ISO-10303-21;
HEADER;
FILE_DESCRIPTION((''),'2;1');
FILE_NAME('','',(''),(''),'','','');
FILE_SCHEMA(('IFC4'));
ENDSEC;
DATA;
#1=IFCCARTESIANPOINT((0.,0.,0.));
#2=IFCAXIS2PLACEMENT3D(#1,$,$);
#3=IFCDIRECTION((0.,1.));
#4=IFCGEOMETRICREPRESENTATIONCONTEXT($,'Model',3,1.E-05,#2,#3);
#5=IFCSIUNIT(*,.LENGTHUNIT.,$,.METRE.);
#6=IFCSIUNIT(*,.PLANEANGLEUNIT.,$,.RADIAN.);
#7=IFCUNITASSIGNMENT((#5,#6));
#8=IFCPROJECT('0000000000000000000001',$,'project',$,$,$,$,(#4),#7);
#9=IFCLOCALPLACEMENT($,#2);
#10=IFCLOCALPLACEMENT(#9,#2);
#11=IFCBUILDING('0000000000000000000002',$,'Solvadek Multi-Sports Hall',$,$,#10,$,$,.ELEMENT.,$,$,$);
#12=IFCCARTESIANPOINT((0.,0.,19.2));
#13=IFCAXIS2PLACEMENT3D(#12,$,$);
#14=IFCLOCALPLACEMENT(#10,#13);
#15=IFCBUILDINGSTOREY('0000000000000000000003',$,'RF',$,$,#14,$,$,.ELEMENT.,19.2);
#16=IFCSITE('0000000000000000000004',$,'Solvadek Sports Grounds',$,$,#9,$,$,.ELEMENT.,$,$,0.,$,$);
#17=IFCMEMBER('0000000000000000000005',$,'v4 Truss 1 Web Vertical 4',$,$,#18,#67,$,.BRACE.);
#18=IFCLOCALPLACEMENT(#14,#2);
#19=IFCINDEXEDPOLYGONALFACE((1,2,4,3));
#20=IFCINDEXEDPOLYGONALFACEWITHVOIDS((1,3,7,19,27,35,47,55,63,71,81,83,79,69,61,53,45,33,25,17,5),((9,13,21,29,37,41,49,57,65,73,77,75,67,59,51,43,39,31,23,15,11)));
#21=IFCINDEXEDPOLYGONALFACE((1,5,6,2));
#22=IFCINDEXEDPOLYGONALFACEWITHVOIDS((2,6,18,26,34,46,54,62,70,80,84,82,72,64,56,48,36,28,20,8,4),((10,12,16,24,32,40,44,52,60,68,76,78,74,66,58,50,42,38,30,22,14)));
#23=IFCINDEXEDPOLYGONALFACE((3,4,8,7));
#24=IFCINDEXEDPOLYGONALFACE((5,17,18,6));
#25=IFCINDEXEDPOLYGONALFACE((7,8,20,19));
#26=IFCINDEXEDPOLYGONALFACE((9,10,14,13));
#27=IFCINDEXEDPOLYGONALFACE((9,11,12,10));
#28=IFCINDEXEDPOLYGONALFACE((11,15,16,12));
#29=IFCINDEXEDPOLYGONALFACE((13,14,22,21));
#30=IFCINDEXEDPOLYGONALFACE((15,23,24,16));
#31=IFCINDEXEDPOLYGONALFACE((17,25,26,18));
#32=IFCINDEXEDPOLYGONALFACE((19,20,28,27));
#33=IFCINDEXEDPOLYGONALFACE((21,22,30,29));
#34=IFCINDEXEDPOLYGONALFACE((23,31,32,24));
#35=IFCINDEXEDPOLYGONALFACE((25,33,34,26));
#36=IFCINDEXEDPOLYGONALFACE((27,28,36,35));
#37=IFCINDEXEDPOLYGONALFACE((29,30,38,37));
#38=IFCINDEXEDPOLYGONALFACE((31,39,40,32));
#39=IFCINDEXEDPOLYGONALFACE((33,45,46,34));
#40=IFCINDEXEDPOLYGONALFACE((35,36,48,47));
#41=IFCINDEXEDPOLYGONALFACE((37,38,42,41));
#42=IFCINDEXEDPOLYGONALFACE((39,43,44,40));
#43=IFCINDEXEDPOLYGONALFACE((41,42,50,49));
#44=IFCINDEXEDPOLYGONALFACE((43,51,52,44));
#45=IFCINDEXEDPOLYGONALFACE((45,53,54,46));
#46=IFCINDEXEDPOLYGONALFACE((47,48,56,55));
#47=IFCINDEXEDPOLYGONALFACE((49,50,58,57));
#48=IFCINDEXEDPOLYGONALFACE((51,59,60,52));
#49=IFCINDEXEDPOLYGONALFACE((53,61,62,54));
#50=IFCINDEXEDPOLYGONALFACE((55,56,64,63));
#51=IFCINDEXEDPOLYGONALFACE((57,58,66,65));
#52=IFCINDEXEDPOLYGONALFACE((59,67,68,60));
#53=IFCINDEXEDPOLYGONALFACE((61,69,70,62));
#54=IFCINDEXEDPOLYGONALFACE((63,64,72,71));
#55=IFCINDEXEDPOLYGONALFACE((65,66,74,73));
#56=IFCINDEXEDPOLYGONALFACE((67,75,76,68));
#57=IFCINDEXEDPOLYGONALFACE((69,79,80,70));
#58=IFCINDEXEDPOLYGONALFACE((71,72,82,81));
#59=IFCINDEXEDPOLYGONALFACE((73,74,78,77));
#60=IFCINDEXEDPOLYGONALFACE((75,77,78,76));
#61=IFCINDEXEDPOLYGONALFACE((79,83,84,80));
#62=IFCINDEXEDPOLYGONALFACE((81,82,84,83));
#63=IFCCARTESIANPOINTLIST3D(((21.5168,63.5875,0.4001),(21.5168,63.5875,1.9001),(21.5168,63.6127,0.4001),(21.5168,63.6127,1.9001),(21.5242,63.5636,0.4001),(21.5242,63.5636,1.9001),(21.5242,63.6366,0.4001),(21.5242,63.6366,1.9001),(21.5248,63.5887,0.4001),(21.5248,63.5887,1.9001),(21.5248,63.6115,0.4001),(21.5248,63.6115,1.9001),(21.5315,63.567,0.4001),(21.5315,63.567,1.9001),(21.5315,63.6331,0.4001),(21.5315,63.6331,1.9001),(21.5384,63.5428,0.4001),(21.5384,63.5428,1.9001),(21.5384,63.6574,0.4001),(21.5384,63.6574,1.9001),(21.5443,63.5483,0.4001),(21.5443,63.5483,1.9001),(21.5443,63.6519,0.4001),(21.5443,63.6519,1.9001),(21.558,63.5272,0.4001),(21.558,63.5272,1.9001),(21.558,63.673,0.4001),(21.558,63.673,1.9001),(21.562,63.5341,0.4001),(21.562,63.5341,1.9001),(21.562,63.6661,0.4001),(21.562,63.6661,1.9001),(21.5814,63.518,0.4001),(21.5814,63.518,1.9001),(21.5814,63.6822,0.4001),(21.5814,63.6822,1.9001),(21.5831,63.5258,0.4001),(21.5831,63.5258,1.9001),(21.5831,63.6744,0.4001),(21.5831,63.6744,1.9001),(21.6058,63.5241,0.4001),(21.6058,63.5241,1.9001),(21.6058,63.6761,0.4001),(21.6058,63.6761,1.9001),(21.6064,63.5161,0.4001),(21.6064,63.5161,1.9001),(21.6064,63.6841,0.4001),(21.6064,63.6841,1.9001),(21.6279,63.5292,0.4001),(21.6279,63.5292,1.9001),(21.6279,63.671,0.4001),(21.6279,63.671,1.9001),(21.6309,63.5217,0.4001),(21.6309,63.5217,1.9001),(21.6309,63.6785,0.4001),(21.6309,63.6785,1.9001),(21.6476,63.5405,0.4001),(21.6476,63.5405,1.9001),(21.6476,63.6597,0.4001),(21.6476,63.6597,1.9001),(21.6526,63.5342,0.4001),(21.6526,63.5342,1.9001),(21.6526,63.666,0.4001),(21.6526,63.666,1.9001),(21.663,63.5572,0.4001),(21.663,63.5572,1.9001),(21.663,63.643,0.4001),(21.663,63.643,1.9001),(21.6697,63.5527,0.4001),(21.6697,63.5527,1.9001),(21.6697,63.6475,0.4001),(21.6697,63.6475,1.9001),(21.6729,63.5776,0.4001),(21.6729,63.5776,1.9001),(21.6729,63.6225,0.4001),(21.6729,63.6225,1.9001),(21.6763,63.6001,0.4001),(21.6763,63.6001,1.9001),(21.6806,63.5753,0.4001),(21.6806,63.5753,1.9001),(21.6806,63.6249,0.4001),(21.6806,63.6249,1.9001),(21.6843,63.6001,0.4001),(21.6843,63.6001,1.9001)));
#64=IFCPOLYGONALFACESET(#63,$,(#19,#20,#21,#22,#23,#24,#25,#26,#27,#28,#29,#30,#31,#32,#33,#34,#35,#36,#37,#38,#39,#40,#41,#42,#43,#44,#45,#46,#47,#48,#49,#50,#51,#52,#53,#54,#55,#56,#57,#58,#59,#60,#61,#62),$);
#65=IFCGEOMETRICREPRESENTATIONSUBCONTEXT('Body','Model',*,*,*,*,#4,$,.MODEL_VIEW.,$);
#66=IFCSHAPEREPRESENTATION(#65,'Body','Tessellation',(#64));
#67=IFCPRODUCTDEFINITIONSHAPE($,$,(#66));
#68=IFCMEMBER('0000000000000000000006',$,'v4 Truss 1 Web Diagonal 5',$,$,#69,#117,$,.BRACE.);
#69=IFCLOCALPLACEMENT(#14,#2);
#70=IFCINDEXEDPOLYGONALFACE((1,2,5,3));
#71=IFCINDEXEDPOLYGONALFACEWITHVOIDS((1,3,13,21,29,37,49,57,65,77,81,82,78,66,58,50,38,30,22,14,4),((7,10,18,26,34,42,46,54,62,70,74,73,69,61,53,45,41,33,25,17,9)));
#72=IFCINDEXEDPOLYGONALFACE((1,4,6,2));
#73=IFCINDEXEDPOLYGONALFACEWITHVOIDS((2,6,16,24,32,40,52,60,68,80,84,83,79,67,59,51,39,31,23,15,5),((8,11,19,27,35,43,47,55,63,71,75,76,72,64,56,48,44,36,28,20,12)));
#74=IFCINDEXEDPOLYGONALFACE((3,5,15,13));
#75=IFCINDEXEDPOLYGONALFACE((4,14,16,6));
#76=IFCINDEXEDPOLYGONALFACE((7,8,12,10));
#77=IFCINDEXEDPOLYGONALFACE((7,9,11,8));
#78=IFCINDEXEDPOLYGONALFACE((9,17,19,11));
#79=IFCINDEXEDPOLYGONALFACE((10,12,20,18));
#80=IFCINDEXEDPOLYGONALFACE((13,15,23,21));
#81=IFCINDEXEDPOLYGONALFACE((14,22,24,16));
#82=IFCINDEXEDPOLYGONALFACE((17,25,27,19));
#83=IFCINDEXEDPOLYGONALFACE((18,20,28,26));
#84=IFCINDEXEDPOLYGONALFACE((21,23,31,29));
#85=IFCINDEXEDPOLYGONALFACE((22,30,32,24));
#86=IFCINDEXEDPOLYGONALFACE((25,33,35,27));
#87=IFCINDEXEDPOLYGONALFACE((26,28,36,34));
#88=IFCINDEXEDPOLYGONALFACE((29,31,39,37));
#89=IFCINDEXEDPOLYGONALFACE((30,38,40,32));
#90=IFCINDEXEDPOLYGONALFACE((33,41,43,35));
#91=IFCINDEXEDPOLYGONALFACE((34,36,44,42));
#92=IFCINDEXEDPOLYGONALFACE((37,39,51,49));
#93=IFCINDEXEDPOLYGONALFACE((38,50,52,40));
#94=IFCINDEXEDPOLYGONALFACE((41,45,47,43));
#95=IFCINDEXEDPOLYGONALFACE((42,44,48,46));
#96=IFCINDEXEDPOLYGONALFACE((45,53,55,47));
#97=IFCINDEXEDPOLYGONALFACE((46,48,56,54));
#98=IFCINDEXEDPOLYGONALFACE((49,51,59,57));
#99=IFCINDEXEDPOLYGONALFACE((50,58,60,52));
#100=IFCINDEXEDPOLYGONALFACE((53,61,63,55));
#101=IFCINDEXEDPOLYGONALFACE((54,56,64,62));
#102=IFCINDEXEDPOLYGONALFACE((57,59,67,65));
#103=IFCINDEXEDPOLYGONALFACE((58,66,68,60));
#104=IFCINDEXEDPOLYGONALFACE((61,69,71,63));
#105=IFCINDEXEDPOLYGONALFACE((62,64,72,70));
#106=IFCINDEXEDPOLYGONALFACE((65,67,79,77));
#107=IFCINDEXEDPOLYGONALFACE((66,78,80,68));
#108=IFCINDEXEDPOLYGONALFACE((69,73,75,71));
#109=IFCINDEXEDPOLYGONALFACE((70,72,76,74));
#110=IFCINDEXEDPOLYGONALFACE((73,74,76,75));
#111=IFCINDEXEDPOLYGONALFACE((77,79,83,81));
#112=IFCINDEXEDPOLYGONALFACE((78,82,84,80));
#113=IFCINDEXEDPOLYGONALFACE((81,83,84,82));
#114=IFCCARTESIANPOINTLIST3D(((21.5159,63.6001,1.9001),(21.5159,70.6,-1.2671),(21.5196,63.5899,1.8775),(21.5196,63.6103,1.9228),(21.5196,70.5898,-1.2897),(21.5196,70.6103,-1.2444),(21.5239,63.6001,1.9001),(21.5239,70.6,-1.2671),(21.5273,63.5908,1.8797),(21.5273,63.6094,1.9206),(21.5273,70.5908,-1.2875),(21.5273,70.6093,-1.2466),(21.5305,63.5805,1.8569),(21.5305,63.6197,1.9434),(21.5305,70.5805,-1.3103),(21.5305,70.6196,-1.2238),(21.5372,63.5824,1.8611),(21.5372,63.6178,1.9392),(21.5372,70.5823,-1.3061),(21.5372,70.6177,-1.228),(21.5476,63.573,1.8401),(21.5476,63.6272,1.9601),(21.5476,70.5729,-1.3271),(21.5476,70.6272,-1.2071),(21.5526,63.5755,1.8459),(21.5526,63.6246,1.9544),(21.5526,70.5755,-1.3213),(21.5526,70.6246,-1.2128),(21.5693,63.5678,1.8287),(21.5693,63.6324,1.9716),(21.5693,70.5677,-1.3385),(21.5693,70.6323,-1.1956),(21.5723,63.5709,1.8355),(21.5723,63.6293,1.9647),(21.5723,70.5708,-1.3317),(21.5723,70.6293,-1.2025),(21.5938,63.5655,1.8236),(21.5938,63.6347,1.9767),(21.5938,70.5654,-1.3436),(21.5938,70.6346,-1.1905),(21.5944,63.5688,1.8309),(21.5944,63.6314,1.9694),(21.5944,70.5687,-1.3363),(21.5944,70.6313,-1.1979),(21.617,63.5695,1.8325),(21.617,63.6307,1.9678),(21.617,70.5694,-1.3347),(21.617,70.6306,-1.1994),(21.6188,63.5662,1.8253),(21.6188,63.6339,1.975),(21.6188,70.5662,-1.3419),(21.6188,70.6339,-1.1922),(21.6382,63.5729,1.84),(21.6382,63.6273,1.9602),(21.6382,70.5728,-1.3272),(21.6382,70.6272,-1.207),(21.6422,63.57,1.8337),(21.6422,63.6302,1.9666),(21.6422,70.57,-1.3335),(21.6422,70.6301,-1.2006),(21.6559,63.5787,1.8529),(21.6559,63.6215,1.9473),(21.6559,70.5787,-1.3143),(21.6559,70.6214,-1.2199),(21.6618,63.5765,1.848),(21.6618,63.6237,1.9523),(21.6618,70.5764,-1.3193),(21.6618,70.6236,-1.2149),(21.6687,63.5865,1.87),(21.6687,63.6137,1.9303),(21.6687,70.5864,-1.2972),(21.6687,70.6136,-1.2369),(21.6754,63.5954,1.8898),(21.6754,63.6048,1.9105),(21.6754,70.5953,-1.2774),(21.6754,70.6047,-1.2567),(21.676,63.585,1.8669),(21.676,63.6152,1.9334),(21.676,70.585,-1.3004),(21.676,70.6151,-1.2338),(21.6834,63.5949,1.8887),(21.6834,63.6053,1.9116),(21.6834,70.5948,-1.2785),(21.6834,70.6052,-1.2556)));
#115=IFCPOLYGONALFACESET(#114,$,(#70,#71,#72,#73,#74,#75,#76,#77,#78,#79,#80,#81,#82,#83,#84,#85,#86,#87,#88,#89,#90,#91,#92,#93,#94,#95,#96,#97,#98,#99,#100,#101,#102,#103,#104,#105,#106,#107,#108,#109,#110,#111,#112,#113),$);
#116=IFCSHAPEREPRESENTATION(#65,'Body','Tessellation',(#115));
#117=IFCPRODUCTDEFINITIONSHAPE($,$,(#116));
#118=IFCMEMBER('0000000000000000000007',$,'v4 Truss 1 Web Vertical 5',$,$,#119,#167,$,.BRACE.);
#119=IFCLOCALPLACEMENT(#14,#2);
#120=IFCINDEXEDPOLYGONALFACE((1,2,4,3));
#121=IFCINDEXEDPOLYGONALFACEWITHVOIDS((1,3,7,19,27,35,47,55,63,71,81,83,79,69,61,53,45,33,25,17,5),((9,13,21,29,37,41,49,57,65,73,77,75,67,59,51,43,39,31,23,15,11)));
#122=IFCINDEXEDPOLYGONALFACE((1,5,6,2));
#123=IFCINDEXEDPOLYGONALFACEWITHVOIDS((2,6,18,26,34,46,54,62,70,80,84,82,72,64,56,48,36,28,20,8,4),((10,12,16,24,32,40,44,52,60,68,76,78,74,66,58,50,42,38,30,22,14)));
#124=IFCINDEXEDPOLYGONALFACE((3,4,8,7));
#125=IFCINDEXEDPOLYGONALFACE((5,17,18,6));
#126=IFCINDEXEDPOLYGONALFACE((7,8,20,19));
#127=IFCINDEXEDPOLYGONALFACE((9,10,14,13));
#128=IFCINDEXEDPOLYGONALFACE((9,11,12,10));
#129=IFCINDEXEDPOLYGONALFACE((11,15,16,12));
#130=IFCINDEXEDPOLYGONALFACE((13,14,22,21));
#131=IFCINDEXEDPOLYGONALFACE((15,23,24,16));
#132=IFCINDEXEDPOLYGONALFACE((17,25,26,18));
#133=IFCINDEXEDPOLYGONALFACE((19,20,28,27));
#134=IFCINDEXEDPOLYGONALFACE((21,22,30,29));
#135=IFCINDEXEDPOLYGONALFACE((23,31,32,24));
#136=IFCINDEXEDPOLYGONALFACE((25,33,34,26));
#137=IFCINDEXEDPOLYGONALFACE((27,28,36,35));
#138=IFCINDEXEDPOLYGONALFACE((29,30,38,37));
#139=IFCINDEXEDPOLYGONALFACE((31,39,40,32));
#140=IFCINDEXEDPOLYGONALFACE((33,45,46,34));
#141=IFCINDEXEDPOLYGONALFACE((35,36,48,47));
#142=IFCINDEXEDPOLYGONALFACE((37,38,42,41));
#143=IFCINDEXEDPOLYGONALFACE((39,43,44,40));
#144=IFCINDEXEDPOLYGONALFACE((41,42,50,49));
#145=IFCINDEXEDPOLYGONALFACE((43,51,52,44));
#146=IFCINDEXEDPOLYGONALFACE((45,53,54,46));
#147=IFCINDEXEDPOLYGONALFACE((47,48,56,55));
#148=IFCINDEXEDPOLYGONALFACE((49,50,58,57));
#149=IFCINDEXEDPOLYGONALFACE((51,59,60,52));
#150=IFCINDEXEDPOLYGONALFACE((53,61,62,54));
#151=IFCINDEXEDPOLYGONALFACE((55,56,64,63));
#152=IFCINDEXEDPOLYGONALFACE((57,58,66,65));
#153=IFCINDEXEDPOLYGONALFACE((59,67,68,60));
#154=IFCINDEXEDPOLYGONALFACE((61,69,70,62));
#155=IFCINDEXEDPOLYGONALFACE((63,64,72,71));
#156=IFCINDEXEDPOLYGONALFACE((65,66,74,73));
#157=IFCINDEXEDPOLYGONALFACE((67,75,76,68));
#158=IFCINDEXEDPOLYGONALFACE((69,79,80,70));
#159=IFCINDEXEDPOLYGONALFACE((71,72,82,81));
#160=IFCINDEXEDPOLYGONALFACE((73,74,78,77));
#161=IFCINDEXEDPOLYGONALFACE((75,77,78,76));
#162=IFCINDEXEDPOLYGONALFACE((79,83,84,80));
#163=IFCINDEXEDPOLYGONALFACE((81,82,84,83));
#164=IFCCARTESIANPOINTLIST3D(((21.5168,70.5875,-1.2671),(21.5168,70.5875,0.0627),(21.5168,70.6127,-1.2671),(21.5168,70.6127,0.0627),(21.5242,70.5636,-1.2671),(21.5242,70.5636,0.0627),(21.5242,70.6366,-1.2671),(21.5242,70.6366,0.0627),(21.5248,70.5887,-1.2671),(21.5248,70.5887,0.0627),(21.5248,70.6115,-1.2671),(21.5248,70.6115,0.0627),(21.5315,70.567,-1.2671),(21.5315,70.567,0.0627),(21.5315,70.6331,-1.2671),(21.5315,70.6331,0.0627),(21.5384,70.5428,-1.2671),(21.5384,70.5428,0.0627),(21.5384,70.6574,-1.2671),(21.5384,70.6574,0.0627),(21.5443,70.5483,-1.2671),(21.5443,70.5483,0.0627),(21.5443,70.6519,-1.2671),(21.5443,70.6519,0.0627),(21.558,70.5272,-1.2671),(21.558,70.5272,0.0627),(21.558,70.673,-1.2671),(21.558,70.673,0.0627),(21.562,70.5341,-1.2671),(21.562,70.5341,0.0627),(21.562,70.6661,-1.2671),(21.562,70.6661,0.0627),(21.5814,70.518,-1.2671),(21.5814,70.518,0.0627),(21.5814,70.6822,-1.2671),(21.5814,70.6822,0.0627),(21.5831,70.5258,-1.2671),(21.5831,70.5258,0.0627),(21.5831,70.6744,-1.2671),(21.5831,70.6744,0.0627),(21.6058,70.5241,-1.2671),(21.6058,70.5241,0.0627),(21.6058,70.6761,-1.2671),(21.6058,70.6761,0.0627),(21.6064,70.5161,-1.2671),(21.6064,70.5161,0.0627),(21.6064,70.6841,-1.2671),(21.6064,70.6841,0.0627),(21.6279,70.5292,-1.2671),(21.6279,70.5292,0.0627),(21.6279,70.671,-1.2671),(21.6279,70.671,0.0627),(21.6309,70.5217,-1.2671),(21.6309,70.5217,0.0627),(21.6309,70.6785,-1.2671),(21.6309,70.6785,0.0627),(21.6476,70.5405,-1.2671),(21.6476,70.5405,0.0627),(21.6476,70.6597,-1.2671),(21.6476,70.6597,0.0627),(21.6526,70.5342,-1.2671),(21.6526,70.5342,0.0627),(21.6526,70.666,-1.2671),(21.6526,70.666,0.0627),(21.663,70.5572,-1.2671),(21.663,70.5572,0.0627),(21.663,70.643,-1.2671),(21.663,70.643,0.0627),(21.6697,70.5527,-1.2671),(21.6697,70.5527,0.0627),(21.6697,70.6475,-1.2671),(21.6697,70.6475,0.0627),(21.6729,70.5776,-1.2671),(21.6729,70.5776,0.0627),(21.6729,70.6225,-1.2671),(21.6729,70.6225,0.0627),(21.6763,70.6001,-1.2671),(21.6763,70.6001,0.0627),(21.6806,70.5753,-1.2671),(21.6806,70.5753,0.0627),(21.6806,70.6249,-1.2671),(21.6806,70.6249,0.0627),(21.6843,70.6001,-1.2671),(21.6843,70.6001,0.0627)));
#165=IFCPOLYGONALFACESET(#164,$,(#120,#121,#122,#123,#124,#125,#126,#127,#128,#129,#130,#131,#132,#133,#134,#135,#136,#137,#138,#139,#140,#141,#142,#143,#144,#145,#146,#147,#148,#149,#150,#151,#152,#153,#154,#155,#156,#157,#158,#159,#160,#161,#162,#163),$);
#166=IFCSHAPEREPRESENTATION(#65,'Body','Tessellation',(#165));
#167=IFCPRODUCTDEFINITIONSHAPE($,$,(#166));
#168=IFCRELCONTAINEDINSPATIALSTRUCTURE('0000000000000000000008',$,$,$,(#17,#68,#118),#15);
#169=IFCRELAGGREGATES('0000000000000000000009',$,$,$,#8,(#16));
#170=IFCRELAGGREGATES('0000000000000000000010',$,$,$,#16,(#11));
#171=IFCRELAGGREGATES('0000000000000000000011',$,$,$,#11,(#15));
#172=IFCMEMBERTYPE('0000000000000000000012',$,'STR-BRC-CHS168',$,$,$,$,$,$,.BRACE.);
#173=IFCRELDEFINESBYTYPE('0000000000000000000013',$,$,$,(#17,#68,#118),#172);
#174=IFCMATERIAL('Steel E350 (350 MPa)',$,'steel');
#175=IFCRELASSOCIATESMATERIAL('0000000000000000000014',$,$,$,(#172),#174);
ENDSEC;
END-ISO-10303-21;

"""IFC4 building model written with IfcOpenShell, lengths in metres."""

from ifc_helpers import new_model, si_unit, direction, frame, origin, origin_2d, place, context, subcontext, project, spatial, hollow_circle, extrude, material, material_profile, profile_set, type_object, element, save


model = new_model("IFC4")

# Units and contexts
model_context = context("Model", 3, precision=1e-05, world=origin(), true_north=direction((0.0, 1.0)))
body_context = subcontext(model_context, "Body", "Model", "MODEL_VIEW")
ifc_project = project(units=[si_unit("LENGTHUNIT", "METRE"), si_unit("PLANEANGLEUNIT", "RADIAN")], contexts=[model_context])

# Site, building, storey
site_placement = place(None, origin())
site = spatial("IfcSite", under=ifc_project, at=site_placement, Name="Solvadek Sports Grounds", CompositionType="ELEMENT", RefElevation=0.0)
building_placement = place(site_placement, origin())
building = spatial("IfcBuilding", under=site, at=building_placement, Name="Solvadek Multi-Sports Hall", CompositionType="ELEMENT")
storey_placement = place(building_placement, frame((0.0, 0.0, 19.2)))
storey = spatial("IfcBuildingStorey", under=building, at=storey_placement, Name="RF", CompositionType="ELEMENT", Elevation=19.2)

# Members
ifc_material_1 = material(Name="Steel E350 (350 MPa)", Category="steel")
ifc_material_profile_1 = material_profile(ifc_material_1, hollow_circle(Radius=0.0842, WallThickness=0.0081, at=origin_2d()), Name="CHS 168.3x8")
ifc_profile_set_1 = profile_set([ifc_material_profile_1], Name="Steel E350 (350 MPa)")
member_type_1 = type_object("IfcMemberType", Name="STR-BRC-CHS168", PredefinedType="BRACE", material=ifc_profile_set_1)
member_1_placement = place(storey_placement, frame((21.6001, 63.6001, 0.4001), z_axis=(0.0, 0.0, 1.0), x_axis=(1.0, 0.0, 0.0)))
element("IfcMember", 1, at=member_1_placement, inside=storey, type_object=member_type_1, Name="v4 Truss 1 Web Vertical 4", PredefinedType="BRACE", context=body_context, shape_type="SweptSolid", body=[
    extrude(hollow_circle(Radius=0.0842, WallThickness=0.0081, at=origin_2d()), origin(), (0.0, 0.0, 1.0), 1.5),
])
member_2_placement = place(storey_placement, frame((21.6001, 63.6001, 1.9001), z_axis=(0.0, 0.91108, -0.412229), x_axis=(-1.0, 0.0, 0.0)))
element("IfcMember", 2, at=member_2_placement, inside=storey, type_object=member_type_1, Name="v4 Truss 1 Web Diagonal 5", PredefinedType="BRACE", context=body_context, shape_type="SweptSolid", body=[
    extrude(hollow_circle(Radius=0.0842, WallThickness=0.0081, at=origin_2d()), origin(), (0.0, 0.0, 1.0), 7.6831),
])
member_3_placement = place(storey_placement, frame((21.6001, 70.6001, -1.2671), z_axis=(0.0, 0.0, 1.0), x_axis=(1.0, 0.0, 0.0)))
element("IfcMember", 3, at=member_3_placement, inside=storey, type_object=member_type_1, Name="v4 Truss 1 Web Vertical 5", PredefinedType="BRACE", context=body_context, shape_type="SweptSolid", body=[
    extrude(hollow_circle(Radius=0.0842, WallThickness=0.0081, at=origin_2d()), origin(), (0.0, 0.0, 1.0), 1.3298),
])

save(model, "model.ifc")
